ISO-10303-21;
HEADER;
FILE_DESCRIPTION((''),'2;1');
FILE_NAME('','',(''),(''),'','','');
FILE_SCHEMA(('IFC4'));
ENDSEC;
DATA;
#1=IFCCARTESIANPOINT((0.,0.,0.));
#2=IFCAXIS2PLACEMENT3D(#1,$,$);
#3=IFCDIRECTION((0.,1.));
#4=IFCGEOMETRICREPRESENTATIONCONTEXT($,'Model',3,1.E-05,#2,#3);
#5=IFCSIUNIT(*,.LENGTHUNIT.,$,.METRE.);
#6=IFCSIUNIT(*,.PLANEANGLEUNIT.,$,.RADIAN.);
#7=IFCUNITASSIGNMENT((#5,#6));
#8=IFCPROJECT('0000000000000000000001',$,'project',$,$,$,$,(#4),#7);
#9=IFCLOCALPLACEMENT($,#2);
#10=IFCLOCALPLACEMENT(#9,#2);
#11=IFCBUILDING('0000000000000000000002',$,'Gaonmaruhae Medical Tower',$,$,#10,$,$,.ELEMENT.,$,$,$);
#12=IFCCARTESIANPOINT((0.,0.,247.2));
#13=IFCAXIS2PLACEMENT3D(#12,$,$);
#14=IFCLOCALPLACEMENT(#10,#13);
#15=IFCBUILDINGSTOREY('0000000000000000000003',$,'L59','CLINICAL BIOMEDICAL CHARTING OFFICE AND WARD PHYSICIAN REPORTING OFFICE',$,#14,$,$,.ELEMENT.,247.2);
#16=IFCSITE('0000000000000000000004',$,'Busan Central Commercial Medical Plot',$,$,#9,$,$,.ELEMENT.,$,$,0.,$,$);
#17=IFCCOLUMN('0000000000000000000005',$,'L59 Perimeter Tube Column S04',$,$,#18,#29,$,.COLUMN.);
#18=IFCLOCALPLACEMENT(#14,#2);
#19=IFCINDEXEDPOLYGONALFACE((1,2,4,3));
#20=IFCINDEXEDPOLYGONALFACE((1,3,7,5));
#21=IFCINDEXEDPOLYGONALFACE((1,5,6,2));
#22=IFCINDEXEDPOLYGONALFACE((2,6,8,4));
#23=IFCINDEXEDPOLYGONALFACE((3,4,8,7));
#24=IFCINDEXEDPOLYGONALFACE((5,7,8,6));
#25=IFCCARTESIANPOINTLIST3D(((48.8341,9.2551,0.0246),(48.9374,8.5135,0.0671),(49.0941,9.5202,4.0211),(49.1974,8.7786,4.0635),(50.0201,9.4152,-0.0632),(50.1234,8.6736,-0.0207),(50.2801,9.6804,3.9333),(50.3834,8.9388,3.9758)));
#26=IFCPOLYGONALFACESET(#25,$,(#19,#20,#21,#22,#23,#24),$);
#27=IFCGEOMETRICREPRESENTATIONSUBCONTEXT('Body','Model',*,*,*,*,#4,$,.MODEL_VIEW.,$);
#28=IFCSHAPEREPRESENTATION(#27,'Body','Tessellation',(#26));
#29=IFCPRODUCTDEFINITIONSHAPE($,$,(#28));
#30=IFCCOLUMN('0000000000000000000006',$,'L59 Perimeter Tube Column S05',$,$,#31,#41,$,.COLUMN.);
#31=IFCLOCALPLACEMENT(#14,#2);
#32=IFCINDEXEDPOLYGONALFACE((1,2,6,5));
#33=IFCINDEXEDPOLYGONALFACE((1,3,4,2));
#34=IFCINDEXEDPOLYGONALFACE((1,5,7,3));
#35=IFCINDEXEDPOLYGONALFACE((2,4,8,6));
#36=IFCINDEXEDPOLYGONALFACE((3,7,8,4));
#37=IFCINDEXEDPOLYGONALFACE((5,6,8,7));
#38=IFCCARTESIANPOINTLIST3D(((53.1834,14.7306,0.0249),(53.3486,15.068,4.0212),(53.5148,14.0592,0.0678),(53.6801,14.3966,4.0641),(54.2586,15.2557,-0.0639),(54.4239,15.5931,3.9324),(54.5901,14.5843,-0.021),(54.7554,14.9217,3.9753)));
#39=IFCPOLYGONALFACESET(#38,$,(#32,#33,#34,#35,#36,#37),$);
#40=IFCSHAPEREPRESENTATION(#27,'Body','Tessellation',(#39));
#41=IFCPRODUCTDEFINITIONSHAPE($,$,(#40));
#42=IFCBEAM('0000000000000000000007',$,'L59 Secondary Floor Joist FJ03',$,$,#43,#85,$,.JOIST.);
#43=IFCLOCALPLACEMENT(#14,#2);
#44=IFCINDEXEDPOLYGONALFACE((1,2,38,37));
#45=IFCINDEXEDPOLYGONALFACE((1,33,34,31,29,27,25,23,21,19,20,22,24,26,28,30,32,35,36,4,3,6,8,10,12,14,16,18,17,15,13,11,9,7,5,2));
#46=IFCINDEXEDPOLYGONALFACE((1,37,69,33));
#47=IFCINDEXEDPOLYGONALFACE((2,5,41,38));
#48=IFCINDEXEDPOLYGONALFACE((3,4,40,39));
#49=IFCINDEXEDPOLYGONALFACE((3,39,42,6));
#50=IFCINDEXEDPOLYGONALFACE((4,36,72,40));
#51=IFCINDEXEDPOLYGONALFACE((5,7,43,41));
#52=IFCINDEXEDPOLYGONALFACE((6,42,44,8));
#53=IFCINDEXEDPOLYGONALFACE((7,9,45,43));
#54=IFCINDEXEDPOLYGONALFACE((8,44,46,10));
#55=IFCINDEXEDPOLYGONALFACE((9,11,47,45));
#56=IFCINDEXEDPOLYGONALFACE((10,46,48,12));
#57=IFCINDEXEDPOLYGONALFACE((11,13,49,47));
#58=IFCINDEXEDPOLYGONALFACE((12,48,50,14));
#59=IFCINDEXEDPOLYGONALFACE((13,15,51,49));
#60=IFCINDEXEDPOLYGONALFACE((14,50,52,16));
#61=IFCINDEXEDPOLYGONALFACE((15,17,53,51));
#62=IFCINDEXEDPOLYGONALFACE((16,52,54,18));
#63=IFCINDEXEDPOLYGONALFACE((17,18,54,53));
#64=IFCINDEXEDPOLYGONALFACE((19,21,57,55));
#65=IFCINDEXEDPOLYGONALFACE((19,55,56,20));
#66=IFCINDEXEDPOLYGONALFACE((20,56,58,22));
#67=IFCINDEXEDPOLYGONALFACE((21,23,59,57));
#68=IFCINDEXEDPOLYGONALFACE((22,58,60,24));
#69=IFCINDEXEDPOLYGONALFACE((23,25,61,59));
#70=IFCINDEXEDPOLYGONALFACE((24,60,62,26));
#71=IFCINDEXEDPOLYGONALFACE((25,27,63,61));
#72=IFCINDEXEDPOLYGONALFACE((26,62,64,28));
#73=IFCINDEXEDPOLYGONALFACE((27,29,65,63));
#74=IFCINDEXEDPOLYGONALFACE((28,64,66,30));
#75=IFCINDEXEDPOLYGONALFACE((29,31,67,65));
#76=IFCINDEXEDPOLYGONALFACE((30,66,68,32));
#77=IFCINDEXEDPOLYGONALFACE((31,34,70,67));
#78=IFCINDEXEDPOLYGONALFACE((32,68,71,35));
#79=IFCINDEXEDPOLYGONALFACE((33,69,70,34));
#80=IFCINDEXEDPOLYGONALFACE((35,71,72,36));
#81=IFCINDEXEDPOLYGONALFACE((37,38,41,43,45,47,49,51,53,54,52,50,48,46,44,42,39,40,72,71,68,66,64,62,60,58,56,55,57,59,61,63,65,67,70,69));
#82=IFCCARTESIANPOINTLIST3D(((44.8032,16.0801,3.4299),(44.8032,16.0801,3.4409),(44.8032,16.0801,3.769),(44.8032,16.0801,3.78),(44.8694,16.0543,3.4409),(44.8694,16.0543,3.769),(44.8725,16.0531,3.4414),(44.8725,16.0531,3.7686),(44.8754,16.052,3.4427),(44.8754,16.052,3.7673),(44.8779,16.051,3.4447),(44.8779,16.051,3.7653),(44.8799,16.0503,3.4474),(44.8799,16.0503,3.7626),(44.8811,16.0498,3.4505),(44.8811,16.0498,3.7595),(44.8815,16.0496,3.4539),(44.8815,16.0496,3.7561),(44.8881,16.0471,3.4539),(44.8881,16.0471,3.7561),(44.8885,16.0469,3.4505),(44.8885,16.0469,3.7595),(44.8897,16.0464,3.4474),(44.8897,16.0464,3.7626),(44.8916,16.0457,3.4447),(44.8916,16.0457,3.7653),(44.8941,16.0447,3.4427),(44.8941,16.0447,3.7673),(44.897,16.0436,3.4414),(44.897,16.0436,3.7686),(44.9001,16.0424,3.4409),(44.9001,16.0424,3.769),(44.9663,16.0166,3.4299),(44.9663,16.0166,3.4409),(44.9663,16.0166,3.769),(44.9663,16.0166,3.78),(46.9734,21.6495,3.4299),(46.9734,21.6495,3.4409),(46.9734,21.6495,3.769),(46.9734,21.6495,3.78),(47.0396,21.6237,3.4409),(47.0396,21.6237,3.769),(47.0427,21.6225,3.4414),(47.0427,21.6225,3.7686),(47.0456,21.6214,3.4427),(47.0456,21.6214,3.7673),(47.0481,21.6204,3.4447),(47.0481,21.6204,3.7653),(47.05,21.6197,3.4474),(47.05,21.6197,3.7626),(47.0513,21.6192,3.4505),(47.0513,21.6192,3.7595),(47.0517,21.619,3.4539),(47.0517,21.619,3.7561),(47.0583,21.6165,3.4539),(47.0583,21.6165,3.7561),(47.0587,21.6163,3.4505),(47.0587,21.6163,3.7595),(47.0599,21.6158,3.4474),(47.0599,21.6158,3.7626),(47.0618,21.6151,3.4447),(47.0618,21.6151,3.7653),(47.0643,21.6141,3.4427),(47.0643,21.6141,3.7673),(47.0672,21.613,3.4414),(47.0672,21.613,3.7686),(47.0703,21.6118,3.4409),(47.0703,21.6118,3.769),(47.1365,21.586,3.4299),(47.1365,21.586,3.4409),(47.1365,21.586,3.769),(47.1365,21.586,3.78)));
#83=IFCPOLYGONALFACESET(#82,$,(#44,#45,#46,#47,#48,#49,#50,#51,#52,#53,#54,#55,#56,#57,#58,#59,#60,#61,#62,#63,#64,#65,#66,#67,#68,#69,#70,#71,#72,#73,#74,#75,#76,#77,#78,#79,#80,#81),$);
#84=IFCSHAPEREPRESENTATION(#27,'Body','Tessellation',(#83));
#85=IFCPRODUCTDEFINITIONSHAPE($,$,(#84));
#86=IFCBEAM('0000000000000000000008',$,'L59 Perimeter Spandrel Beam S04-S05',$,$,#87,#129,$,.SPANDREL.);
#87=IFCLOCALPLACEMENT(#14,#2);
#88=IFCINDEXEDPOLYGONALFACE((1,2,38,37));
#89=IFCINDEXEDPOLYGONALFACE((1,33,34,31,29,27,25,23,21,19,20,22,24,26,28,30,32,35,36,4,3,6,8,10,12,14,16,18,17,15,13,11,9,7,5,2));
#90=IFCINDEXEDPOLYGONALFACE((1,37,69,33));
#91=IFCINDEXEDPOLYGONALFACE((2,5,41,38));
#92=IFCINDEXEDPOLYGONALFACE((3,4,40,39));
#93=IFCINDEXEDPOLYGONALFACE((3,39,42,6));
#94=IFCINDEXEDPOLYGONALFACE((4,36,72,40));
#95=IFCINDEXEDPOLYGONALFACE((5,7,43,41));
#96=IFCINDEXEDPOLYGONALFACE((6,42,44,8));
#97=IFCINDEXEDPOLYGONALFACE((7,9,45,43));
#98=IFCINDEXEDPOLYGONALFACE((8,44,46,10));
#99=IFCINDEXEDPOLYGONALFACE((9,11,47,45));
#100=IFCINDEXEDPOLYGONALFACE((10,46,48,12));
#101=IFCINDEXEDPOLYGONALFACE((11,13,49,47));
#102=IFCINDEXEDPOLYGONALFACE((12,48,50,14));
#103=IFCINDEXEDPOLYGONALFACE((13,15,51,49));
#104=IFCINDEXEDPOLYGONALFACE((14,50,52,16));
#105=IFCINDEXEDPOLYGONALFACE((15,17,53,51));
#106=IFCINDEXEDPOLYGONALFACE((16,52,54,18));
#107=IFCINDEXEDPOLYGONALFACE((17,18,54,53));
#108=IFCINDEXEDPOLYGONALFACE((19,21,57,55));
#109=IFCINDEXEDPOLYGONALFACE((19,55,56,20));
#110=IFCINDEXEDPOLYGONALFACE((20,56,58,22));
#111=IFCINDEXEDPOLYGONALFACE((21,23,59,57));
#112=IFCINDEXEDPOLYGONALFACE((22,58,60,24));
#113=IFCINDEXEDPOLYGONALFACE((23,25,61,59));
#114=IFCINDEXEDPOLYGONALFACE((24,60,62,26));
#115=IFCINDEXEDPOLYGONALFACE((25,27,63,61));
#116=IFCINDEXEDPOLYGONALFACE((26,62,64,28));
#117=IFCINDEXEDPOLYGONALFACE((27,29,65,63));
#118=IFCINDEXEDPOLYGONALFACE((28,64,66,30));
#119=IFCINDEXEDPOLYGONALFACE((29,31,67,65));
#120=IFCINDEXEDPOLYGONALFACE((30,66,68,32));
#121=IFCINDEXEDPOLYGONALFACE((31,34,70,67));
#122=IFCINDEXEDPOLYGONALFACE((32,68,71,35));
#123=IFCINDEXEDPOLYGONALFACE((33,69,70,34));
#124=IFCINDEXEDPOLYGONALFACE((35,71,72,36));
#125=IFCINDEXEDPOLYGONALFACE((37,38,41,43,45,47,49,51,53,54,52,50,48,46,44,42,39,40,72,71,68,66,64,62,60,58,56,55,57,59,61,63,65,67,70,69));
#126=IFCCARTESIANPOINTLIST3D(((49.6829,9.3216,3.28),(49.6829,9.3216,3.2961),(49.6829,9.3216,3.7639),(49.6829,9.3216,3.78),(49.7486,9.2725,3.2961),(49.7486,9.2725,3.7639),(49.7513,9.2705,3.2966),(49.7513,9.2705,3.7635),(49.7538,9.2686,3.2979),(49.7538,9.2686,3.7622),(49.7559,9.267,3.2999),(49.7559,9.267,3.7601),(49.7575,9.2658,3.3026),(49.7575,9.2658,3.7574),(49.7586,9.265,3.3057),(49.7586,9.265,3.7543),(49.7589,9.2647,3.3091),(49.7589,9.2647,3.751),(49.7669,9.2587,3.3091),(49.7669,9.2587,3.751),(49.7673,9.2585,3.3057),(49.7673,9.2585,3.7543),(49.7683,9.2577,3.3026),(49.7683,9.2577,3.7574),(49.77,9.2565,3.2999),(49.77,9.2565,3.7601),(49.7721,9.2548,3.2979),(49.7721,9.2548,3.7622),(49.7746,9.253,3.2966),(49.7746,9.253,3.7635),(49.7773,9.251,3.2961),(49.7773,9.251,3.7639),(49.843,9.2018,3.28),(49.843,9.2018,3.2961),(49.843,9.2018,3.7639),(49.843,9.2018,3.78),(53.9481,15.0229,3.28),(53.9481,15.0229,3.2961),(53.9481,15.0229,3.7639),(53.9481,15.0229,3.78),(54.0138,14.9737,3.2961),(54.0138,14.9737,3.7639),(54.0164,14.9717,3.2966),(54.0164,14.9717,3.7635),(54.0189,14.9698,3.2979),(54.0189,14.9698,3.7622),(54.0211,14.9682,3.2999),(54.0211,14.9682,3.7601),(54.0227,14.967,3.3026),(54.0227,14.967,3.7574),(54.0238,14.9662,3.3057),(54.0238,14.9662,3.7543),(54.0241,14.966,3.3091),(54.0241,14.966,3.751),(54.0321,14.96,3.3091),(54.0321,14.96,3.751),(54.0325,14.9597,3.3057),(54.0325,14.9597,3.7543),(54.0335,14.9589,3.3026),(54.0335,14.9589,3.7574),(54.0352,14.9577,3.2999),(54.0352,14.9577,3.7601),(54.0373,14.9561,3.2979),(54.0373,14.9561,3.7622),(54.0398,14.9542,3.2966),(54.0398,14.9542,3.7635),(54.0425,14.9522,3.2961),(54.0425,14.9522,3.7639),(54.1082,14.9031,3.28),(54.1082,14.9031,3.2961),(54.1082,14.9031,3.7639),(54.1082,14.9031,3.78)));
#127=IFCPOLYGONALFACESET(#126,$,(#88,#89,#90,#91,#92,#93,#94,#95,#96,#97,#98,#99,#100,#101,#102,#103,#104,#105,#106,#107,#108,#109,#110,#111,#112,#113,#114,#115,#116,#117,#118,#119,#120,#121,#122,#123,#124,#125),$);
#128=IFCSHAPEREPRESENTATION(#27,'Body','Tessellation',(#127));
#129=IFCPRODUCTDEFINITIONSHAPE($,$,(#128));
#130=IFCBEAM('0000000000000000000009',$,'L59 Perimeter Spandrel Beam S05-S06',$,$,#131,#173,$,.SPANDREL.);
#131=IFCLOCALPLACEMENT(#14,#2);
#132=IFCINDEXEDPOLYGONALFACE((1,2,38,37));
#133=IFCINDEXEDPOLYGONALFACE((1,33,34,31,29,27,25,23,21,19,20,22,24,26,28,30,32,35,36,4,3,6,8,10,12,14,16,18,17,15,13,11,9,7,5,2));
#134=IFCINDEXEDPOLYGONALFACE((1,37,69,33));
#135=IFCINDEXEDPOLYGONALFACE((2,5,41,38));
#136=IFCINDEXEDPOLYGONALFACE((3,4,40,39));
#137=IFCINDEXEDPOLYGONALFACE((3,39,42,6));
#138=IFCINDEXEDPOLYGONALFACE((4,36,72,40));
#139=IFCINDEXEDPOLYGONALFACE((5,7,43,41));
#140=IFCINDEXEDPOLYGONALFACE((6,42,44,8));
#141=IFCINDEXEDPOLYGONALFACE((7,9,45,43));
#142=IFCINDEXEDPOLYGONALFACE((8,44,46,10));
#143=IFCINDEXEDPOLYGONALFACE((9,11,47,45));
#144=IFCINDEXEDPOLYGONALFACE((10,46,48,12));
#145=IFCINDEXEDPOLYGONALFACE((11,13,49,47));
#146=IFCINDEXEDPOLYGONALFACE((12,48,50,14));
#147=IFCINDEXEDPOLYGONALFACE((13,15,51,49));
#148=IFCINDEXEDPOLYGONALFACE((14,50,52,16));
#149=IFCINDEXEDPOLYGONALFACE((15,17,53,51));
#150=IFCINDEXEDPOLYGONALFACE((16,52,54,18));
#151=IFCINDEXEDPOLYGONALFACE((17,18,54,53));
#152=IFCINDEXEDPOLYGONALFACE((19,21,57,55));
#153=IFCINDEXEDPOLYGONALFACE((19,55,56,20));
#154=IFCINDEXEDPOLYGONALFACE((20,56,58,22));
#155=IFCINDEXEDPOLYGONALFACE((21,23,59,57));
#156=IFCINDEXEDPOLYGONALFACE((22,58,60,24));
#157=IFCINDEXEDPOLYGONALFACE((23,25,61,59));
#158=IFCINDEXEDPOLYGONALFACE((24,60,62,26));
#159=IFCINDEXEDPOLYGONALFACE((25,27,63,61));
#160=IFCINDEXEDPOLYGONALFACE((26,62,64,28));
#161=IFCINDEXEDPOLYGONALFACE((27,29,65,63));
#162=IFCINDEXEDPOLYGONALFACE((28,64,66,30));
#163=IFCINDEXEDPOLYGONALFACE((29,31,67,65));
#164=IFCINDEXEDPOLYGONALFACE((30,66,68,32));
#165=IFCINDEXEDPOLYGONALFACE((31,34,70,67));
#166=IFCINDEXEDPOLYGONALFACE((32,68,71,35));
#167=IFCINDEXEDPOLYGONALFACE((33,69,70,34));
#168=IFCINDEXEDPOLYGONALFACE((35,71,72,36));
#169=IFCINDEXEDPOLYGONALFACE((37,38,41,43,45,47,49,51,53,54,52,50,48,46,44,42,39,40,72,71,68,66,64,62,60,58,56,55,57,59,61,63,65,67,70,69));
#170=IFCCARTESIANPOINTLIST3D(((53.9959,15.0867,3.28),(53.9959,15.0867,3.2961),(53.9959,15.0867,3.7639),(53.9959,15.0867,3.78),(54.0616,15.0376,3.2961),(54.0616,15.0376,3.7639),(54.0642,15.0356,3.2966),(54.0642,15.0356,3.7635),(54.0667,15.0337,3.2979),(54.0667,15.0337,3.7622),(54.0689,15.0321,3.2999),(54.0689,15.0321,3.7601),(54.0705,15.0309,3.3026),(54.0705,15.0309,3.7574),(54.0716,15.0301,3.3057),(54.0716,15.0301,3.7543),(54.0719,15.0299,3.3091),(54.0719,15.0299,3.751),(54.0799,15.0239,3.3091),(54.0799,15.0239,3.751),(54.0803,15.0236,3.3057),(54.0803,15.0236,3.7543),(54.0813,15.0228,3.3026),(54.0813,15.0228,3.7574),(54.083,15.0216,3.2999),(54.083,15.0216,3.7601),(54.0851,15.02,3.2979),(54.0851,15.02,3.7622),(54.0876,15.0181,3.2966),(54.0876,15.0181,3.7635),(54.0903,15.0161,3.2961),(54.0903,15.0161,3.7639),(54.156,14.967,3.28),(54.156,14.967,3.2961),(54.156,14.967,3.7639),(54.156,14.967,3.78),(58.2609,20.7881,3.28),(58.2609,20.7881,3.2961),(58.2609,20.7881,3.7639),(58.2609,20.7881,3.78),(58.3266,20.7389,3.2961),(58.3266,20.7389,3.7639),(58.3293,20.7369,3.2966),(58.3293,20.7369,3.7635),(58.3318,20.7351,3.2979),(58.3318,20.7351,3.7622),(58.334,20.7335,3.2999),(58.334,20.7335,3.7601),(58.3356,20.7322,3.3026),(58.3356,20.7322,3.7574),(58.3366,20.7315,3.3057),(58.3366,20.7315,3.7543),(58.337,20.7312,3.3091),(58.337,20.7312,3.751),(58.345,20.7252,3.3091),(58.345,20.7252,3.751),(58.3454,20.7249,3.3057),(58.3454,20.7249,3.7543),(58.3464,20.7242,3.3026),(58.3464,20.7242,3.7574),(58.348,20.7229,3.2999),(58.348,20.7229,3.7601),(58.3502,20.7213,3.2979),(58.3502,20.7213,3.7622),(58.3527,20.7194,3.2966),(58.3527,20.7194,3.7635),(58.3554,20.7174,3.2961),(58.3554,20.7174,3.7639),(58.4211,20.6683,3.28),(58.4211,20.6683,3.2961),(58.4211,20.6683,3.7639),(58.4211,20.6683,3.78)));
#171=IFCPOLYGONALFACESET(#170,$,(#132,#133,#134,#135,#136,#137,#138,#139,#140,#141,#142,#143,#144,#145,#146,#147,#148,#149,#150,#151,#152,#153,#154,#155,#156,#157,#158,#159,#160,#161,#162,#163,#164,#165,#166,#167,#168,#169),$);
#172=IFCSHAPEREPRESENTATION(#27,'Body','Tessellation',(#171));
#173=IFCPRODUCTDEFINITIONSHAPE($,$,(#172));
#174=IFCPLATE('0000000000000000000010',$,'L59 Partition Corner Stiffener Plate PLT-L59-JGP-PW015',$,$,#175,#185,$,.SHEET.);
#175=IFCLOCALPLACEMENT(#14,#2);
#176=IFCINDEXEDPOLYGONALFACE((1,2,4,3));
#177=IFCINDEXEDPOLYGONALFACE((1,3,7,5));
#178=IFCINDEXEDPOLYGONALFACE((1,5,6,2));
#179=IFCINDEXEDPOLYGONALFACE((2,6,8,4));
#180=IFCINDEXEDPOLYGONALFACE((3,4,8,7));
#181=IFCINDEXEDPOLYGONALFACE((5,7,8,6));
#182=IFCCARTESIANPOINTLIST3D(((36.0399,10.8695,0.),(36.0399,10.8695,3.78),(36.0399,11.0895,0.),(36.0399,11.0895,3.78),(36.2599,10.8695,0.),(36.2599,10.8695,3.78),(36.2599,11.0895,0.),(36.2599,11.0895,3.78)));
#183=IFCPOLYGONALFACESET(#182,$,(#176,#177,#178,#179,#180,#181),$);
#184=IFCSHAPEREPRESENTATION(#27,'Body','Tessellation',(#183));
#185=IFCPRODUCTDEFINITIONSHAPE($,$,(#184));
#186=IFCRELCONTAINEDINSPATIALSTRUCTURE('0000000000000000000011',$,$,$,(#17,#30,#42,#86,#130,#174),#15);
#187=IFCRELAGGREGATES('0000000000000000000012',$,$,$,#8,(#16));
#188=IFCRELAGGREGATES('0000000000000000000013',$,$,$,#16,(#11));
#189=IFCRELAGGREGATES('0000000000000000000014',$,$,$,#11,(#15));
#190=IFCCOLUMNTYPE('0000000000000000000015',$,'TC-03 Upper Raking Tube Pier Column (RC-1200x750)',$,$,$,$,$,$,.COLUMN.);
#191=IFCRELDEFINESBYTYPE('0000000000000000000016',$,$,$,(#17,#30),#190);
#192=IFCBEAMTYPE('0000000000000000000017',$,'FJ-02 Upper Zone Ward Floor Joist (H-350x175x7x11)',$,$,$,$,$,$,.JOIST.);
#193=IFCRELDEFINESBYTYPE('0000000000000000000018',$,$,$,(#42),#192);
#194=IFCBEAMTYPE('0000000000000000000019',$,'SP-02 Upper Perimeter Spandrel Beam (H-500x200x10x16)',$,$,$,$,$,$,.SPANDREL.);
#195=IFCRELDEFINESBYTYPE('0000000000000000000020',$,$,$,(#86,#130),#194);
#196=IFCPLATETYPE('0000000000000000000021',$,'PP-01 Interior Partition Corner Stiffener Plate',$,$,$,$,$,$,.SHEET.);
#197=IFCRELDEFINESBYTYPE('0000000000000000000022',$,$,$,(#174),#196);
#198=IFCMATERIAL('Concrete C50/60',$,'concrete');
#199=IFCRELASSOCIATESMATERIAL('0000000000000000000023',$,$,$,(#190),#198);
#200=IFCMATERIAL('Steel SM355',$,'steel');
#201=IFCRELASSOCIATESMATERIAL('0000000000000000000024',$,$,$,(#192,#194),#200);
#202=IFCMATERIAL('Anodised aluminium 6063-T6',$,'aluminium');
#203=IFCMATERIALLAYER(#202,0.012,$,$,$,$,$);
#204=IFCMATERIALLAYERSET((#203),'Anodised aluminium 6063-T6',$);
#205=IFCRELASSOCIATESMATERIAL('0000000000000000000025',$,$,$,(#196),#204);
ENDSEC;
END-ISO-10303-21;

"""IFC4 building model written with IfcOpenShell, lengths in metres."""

from ifc_helpers import new_model, si_unit, direction, frame, origin, origin_2d, place, context, subcontext, project, spatial, rectangle, i_section, extrude, material, layer, layer_set, material_profile, profile_set, type_object, element, save


model = new_model("IFC4")

# Units and contexts
model_context = context("Model", 3, precision=1e-05, world=origin(), true_north=direction((0.0, 1.0)))
body_context = subcontext(model_context, "Body", "Model", "MODEL_VIEW")
ifc_project = project(units=[si_unit("LENGTHUNIT", "METRE"), si_unit("PLANEANGLEUNIT", "RADIAN")], contexts=[model_context])

# Site, building, storey
site_placement = place(None, origin())
site = spatial("IfcSite", under=ifc_project, at=site_placement, Name="Busan Central Commercial Medical Plot", CompositionType="ELEMENT", RefElevation=0.0)
building_placement = place(site_placement, origin())
building = spatial("IfcBuilding", under=site, at=building_placement, Name="Gaonmaruhae Medical Tower", CompositionType="ELEMENT")
storey_placement = place(building_placement, frame((0.0, 0.0, 247.2)))
storey = spatial("IfcBuildingStorey", under=building, at=storey_placement, Name="L59", Description="CLINICAL BIOMEDICAL CHARTING OFFICE AND WARD PHYSICIAN REPORTING OFFICE", CompositionType="ELEMENT", Elevation=247.2)

# Columns
ifc_material_1 = material(Name="Concrete C50/60", Category="concrete")
ifc_material_profile_1 = material_profile(ifc_material_1, rectangle(XDim=1.2, YDim=0.75, at=origin_2d()), Name="RC-1200x750")
ifc_profile_set_1 = profile_set([ifc_material_profile_1], Name="Concrete C50/60")
column_type = type_object("IfcColumnType", Name="TC-03 Upper Raking Tube Pier Column (RC-1200x750)", PredefinedType="COLUMN", material=ifc_profile_set_1)
column_1_placement = place(storey_placement, frame((49.4788, 8.9644, 0.002), z_axis=(0.064783, 0.06606, 0.99571), x_axis=(-0.988351, -0.133456, 0.073158)))
element("IfcColumn", 1, at=column_1_placement, inside=storey, type_object=column_type, Name="L59 Perimeter Tube Column S04", PredefinedType="COLUMN", context=body_context, shape_type="SweptSolid", body=[
    extrude(rectangle(XDim=1.2, YDim=0.75, at=origin_2d()), origin(), (0.0, 0.0, 1.0), 4.0137),
])
column_2_placement = place(storey_placement, frame((53.8867, 14.6575, 0.002), z_axis=(0.041177, 0.084057, 0.99561), x_axis=(-0.896107, -0.437624, 0.074009)))
element("IfcColumn", 2, at=column_2_placement, inside=storey, type_object=column_type, Name="L59 Perimeter Tube Column S05", PredefinedType="COLUMN", context=body_context, shape_type="SweptSolid", body=[
    extrude(rectangle(XDim=1.2, YDim=0.75, at=origin_2d()), origin(), (0.0, 0.0, 1.0), 4.0139),
])

# Beams
ifc_material_2 = material(Name="Steel SM355", Category="steel")
ifc_material_profile_2 = material_profile(ifc_material_2, i_section(OverallWidth=0.175, OverallDepth=0.3501, WebThickness=0.0071, FlangeThickness=0.011, FilletRadius=0.0129, at=origin_2d()), Name="H-350x175x7x11")
ifc_profile_set_2 = profile_set([ifc_material_profile_2], Name="Steel SM355")
beam_type_1 = type_object("IfcBeamType", Name="FJ-02 Upper Zone Ward Floor Joist (H-350x175x7x11)", PredefinedType="JOIST", material=ifc_profile_set_2)
beam_placement = place(storey_placement, frame((44.8848, 16.0483, 3.605), z_axis=(0.363073, 0.931761, 0.0), x_axis=(-0.931761, 0.363073, 0.0)))
element("IfcBeam", 3, at=beam_placement, inside=storey, type_object=beam_type_1, Name="L59 Secondary Floor Joist FJ03", PredefinedType="JOIST", context=body_context, shape_type="SweptSolid", body=[
    extrude(i_section(OverallWidth=0.175, OverallDepth=0.3501, WebThickness=0.0071, FlangeThickness=0.011, FilletRadius=0.0129, at=origin_2d()), origin(), (0.0, 0.0, 1.0), 5.9773),
])
ifc_material_profile_3 = material_profile(ifc_material_2, i_section(OverallWidth=0.2, OverallDepth=0.5, WebThickness=0.01, FlangeThickness=0.0161, FilletRadius=0.0129, at=origin_2d()), Name="H-500x200x10x16")
ifc_profile_set_3 = profile_set([ifc_material_profile_3], Name="Steel SM355")
beam_type_2 = type_object("IfcBeamType", Name="SP-02 Upper Perimeter Spandrel Beam (H-500x200x10x16)", PredefinedType="SPANDREL", material=ifc_profile_set_3)
for number, where, z_axis, x_axis, name in (
    (4, (49.7629, 9.2617, 3.53), (0.599034, 0.800724, 0.0), (-0.800724, 0.599034, 0.0), "L59 Perimeter Spandrel Beam S04-S05"),
    (5, (54.0759, 15.0269, 3.53), (0.599018, 0.800736, 0.0), (-0.800736, 0.599018, 0.0), "L59 Perimeter Spandrel Beam S05-S06"),
):
    element("IfcBeam", number, at=place(storey_placement, frame(where, z_axis=z_axis, x_axis=x_axis)), inside=storey, type_object=beam_type_2, Name=name, PredefinedType="SPANDREL", context=body_context, shape_type="SweptSolid", body=[
        extrude(i_section(OverallWidth=0.2, OverallDepth=0.5, WebThickness=0.01, FlangeThickness=0.0161, FilletRadius=0.0129, at=origin_2d()), origin(), (0.0, 0.0, 1.0), 7.1201),
    ])

# Plate
ifc_material_3 = material(Name="Anodised aluminium 6063-T6", Category="aluminium")
ifc_layer_1 = layer(ifc_material_3, 0.012)
ifc_layer_set_1 = layer_set([ifc_layer_1], Name="Anodised aluminium 6063-T6")
plate_type = type_object("IfcPlateType", Name="PP-01 Interior Partition Corner Stiffener Plate", PredefinedType="SHEET", material=ifc_layer_set_1)
plate_placement = place(storey_placement, frame((36.1499, 10.9795, 0.0), z_axis=(0.0, 0.0, 1.0), x_axis=(0.0, 1.0, 0.0)))
element("IfcPlate", 6, at=plate_placement, inside=storey, type_object=plate_type, Name="L59 Partition Corner Stiffener Plate PLT-L59-JGP-PW015", PredefinedType="SHEET", context=body_context, shape_type="SweptSolid", body=[
    extrude(rectangle(XDim=0.22, YDim=0.22, at=origin_2d()), origin(), (0.0, 0.0, 1.0), 3.78),
])

save(model, "model.ifc")
